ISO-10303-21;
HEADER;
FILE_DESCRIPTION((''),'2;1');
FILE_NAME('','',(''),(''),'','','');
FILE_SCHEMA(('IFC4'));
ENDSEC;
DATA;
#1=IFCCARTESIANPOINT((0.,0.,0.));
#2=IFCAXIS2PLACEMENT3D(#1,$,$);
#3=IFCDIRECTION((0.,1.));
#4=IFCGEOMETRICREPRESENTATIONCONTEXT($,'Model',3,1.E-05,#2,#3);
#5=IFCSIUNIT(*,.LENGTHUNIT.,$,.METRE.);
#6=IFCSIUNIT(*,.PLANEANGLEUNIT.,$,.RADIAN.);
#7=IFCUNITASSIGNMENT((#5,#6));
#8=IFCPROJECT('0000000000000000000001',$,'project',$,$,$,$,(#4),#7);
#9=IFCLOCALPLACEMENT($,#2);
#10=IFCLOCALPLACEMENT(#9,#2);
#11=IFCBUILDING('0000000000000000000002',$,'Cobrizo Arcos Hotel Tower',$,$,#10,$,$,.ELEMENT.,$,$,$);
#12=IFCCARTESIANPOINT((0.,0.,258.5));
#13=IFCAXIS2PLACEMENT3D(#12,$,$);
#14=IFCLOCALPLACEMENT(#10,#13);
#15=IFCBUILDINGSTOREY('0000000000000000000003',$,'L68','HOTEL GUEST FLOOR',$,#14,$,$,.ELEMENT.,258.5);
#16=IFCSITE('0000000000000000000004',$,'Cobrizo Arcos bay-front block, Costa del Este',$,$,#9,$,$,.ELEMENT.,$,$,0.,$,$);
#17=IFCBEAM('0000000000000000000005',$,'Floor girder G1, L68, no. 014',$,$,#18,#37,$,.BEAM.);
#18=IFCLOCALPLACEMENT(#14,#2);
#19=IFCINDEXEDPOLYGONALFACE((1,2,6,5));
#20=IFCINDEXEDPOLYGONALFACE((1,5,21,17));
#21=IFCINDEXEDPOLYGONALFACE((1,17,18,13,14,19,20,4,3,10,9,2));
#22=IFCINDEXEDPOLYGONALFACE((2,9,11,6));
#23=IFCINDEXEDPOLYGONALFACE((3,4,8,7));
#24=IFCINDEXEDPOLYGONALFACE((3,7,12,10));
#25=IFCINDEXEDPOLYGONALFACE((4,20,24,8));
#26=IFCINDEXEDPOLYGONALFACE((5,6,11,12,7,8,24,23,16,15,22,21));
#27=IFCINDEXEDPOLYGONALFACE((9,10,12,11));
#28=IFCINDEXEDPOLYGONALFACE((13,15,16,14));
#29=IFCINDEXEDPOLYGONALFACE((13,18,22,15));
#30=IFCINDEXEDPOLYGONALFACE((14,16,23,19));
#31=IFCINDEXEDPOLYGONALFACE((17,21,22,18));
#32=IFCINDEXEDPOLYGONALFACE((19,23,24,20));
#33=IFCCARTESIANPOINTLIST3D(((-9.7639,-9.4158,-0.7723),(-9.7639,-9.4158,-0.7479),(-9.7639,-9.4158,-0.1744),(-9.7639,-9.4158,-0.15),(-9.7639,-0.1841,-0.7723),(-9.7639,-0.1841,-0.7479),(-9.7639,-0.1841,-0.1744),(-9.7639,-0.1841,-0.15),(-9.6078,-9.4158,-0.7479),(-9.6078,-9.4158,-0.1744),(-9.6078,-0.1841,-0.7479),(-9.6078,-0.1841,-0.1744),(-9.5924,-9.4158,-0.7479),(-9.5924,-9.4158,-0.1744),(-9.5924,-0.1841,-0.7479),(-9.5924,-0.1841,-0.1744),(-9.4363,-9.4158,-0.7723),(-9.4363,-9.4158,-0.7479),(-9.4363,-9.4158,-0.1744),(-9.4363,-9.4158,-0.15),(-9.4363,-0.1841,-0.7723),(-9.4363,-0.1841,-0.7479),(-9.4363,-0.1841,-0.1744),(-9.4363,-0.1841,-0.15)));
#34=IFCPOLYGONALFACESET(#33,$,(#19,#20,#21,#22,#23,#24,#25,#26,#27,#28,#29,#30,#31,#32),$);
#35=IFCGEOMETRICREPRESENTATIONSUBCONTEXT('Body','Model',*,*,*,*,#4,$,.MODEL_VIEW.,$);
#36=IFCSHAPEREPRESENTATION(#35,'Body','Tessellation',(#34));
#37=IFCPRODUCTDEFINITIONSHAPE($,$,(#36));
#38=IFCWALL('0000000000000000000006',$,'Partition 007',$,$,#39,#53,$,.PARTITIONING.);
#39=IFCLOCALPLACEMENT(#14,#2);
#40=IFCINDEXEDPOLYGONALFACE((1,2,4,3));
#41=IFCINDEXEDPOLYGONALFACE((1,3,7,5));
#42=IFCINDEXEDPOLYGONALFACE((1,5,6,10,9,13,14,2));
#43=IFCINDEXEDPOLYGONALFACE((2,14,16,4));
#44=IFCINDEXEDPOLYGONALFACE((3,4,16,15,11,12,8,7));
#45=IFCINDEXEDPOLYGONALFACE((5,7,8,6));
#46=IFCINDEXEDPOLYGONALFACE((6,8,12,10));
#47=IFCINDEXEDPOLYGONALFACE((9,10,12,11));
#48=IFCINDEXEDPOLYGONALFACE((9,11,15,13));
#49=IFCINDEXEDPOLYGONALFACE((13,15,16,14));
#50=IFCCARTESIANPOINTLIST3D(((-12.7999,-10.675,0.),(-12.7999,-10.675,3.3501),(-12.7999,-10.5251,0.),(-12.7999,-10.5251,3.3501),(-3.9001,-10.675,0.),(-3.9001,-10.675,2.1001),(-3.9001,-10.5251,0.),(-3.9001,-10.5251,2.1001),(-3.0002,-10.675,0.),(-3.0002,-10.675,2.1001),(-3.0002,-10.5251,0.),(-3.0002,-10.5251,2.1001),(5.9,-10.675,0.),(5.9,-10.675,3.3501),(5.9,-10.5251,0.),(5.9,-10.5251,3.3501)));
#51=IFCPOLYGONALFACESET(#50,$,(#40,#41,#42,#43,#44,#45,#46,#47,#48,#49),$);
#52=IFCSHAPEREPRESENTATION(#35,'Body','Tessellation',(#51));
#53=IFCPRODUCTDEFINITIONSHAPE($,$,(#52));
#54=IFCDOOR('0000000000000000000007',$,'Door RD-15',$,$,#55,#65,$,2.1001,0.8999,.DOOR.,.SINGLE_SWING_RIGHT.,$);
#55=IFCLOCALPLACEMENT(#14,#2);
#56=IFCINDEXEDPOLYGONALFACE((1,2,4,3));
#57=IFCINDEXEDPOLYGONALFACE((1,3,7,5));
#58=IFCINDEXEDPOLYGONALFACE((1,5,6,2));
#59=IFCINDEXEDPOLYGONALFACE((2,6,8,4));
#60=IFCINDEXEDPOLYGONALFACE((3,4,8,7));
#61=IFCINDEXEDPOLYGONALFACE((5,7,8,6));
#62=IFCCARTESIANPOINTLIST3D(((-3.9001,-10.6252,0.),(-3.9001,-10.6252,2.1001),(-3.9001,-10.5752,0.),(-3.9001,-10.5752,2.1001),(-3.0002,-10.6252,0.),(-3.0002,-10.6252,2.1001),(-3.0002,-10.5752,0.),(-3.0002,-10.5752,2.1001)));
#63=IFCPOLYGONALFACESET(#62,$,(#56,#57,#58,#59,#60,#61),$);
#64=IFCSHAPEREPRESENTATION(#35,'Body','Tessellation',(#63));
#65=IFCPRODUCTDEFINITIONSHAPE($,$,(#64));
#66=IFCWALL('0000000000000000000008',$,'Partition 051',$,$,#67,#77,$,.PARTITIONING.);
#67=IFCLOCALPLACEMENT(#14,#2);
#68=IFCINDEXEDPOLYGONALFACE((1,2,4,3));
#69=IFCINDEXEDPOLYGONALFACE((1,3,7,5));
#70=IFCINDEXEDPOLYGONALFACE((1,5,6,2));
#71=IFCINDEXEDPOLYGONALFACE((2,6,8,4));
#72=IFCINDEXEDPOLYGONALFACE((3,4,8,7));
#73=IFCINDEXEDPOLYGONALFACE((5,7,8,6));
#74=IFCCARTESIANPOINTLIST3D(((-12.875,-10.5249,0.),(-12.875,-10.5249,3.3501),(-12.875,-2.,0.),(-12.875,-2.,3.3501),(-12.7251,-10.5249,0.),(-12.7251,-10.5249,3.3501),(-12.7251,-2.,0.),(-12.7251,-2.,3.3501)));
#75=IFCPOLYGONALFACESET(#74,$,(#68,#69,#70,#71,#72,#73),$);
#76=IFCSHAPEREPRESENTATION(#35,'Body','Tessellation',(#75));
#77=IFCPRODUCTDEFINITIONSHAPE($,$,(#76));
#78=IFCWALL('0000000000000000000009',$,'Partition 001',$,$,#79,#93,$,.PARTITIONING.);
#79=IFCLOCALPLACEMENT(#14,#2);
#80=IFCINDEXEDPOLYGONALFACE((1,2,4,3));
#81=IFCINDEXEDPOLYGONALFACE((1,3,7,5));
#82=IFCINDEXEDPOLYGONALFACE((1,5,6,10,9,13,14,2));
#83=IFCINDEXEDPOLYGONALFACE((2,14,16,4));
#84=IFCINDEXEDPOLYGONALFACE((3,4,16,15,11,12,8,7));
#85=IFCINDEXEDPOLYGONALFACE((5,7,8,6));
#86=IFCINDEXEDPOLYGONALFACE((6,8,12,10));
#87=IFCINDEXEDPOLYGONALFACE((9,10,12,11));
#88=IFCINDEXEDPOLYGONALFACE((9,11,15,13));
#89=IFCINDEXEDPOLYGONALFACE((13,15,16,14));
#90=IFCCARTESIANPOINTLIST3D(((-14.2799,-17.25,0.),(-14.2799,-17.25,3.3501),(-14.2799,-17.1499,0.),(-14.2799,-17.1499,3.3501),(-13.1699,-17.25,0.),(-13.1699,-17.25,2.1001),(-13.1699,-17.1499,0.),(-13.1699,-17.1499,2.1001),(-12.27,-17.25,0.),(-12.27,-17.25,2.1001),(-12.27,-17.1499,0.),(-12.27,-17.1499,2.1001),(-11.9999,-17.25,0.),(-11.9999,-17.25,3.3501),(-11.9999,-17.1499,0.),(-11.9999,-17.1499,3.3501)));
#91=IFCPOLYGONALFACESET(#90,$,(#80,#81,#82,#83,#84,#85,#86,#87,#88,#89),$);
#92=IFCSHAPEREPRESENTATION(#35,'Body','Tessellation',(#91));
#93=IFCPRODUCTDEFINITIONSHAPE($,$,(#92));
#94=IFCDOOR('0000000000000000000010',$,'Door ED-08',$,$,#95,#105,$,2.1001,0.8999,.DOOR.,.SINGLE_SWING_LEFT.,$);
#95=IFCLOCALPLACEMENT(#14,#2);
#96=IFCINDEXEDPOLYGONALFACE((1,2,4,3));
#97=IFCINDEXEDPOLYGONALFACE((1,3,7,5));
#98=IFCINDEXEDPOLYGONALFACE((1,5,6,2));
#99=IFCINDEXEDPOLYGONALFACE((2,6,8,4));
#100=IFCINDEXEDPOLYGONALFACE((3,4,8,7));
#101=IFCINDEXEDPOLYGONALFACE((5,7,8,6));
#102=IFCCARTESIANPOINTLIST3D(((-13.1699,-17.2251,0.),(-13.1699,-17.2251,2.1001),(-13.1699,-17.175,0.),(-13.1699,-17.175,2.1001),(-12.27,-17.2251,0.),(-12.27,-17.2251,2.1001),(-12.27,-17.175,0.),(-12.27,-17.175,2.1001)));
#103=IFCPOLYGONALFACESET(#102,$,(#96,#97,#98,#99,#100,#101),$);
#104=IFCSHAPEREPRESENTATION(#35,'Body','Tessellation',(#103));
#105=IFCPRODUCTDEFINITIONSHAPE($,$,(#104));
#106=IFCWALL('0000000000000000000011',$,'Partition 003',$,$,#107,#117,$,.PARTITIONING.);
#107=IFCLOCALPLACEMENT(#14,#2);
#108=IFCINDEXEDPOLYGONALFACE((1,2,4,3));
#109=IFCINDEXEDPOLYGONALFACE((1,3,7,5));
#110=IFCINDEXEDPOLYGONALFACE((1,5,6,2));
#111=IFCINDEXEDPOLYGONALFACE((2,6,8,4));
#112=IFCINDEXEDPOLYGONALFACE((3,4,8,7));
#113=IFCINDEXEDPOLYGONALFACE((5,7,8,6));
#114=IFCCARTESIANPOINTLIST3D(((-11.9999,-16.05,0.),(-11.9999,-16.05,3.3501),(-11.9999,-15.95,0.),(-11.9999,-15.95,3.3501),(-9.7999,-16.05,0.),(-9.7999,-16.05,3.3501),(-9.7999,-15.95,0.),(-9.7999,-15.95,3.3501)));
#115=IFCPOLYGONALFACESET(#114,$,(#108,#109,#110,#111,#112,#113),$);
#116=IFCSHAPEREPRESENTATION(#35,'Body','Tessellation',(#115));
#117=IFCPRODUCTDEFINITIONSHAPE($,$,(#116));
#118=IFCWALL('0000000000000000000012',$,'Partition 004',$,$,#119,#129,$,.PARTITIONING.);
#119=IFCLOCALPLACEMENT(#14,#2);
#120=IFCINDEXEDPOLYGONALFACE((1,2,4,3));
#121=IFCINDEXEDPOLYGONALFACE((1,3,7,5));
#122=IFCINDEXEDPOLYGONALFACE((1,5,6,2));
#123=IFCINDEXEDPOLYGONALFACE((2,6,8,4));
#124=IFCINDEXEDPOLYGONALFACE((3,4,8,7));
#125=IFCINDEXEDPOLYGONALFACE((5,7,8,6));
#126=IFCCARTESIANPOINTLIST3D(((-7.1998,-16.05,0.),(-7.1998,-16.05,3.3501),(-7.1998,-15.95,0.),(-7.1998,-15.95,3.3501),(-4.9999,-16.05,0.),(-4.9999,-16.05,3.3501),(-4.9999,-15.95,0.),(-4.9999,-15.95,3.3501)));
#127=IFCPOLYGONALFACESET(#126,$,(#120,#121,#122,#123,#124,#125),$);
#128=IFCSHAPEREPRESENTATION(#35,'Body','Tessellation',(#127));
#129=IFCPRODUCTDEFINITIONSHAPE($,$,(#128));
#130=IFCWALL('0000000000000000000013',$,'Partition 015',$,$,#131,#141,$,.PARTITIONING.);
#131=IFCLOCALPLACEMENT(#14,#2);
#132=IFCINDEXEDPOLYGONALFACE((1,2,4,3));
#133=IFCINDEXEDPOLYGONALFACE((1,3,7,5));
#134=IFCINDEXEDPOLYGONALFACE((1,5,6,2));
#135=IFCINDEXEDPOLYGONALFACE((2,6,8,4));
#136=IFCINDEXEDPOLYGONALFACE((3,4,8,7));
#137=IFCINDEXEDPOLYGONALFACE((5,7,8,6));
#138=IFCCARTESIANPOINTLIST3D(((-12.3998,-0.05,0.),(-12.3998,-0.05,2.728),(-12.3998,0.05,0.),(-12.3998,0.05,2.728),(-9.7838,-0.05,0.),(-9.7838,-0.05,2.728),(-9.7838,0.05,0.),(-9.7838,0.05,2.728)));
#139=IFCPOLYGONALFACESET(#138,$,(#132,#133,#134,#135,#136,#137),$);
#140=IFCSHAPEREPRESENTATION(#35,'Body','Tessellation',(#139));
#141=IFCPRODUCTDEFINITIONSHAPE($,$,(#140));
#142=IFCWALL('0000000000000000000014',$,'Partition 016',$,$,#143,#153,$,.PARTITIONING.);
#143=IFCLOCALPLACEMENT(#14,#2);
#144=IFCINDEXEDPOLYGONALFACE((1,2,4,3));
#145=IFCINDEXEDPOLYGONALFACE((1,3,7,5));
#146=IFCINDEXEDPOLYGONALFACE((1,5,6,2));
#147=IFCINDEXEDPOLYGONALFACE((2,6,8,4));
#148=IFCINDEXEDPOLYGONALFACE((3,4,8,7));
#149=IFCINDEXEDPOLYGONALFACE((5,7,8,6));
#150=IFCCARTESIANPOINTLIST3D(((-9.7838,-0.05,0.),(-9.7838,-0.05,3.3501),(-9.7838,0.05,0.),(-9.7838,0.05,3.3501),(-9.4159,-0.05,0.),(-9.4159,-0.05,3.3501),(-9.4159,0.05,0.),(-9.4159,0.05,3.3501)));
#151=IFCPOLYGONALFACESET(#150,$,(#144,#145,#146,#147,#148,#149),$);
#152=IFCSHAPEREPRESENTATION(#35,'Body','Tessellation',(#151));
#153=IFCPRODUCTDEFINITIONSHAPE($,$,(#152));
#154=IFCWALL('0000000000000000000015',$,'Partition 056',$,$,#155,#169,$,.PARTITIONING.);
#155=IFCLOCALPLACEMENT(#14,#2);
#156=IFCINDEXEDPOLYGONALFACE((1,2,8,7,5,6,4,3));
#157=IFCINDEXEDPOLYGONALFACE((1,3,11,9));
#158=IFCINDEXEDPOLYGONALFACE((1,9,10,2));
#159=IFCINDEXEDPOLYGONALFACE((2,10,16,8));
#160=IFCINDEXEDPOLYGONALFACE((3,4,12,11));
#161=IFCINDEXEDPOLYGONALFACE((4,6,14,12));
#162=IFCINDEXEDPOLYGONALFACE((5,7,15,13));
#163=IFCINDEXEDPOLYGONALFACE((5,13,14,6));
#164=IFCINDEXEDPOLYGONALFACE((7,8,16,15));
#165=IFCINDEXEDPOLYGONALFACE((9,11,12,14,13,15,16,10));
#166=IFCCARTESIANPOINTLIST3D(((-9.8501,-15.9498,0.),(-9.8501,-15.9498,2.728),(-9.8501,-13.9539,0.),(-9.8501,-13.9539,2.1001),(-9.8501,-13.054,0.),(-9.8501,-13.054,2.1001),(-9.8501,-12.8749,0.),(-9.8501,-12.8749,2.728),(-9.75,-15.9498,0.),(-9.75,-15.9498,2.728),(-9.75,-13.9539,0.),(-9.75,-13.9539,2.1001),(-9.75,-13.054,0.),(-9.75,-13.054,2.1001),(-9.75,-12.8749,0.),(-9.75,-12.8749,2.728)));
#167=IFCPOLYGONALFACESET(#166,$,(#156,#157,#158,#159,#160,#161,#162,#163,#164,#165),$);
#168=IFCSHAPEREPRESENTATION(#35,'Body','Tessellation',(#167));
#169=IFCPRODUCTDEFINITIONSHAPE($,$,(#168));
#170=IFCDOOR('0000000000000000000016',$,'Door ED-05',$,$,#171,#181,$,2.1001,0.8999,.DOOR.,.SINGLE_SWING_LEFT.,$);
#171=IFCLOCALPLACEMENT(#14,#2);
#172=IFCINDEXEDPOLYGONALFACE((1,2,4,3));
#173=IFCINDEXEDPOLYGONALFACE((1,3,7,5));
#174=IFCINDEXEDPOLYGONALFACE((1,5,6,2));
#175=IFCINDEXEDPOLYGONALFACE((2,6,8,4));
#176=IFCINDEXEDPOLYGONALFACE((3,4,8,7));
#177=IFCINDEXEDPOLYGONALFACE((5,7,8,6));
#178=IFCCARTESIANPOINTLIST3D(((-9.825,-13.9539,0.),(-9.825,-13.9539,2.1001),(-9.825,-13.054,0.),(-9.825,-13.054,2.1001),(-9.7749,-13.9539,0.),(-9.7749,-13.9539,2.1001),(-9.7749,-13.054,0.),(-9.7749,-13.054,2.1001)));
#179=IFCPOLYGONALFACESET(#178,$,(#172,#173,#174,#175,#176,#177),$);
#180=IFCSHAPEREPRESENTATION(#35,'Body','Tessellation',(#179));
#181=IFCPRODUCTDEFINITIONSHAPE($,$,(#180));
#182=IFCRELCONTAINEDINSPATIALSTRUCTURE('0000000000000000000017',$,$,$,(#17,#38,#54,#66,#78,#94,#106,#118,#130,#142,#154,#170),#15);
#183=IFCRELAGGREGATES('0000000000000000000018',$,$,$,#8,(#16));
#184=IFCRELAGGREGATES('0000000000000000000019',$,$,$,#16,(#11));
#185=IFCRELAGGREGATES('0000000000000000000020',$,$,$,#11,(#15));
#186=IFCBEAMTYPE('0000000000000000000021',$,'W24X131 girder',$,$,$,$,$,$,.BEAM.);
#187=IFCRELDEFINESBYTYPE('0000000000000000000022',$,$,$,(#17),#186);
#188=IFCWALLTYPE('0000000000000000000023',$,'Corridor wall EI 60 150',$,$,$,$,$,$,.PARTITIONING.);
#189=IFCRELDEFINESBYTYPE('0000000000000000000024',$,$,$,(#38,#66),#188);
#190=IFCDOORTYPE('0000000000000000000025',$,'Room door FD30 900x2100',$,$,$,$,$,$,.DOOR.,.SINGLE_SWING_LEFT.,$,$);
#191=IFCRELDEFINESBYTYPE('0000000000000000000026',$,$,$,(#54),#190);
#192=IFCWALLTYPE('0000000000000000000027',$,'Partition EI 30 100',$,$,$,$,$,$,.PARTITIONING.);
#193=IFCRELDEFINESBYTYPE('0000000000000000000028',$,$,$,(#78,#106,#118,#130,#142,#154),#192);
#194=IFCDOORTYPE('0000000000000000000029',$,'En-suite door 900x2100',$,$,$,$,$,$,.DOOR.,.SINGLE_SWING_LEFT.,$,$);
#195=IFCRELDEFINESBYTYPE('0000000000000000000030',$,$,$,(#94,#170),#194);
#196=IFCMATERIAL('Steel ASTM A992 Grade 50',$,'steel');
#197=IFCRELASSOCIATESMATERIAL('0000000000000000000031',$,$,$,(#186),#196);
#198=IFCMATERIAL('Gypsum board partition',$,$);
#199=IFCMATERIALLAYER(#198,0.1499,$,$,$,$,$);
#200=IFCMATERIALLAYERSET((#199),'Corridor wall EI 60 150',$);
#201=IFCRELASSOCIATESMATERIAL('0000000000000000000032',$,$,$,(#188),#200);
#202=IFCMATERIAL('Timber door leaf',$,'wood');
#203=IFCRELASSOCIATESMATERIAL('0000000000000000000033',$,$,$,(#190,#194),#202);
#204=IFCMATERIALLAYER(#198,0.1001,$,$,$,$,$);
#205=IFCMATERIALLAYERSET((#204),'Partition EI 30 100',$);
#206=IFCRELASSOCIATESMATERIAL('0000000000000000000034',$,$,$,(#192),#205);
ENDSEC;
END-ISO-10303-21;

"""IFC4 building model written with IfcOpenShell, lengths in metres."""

from ifc_helpers import new_model, si_unit, direction, frame, frame_2d, origin, origin_2d, place, context, subcontext, project, spatial, rectangle, i_section, extrude, material, layer, layer_set, material_profile, profile_set, type_object, element, fill, save


model = new_model("IFC4")

# Units and contexts
model_context = context("Model", 3, precision=1e-05, world=origin(), true_north=direction((0.0, 1.0)))
body_context = subcontext(model_context, "Body", "Model", "MODEL_VIEW")
ifc_project = project(units=[si_unit("LENGTHUNIT", "METRE"), si_unit("PLANEANGLEUNIT", "RADIAN")], contexts=[model_context])

# Site, building, storey
site_placement = place(None, origin())
site = spatial("IfcSite", under=ifc_project, at=site_placement, Name="Cobrizo Arcos bay-front block, Costa del Este", CompositionType="ELEMENT", RefElevation=0.0)
building_placement = place(site_placement, origin())
building = spatial("IfcBuilding", under=site, at=building_placement, Name="Cobrizo Arcos Hotel Tower", CompositionType="ELEMENT")
storey_placement = place(building_placement, frame((0.0, 0.0, 258.5)))
storey = spatial("IfcBuildingStorey", under=building, at=storey_placement, Name="L68", Description="HOTEL GUEST FLOOR", CompositionType="ELEMENT", Elevation=258.5)

# Shared definitions
ifc_material_1 = material(Name="Steel ASTM A992 Grade 50", Category="steel")

# Beam
ifc_material_profile_1 = material_profile(ifc_material_1, i_section(OverallWidth=0.3276, OverallDepth=0.6223, WebThickness=0.0154, FlangeThickness=0.0244, at=origin_2d()), Name="W24X131")
ifc_profile_set_1 = profile_set([ifc_material_profile_1], Name="Steel ASTM A992 Grade 50")
beam_type_1 = type_object("IfcBeamType", Name="W24X131 girder", PredefinedType="BEAM", material=ifc_profile_set_1)
for number, where, z_axis, x_axis, name in (
    (1, (-9.6001, -9.4158, -0.4612), (0.0, 1.0, 0.0), (-1.0, 0.0, 0.0), "Floor girder G1, L68, no. 014"),
):
    element("IfcBeam", number, at=place(storey_placement, frame(where, z_axis=z_axis, x_axis=x_axis)), inside=storey, type_object=beam_type_1, Name=name, PredefinedType="BEAM", context=body_context, shape_type="SweptSolid", body=[
        extrude(i_section(OverallWidth=0.3276, OverallDepth=0.6223, WebThickness=0.0154, FlangeThickness=0.0244, at=origin_2d()), origin(), (0.0, 0.0, 1.0), 9.2317),
    ])

# Wall, opening, door
ifc_material_2 = material(Name="Gypsum board partition")
ifc_layer_1 = layer(ifc_material_2, 0.1499)
ifc_layer_set_1 = layer_set([ifc_layer_1], Name="Corridor wall EI 60 150")
wall_type_1 = type_object("IfcWallType", Name="Corridor wall EI 60 150", PredefinedType="PARTITIONING", material=ifc_layer_set_1)
wall_1_placement = place(storey_placement, frame((-12.8, -10.6001, 0.0), z_axis=(0.0, 0.0, 1.0), x_axis=(1.0, 0.0, 0.0)))
wall_1 = element("IfcWall", 2, at=wall_1_placement, inside=storey, type_object=wall_type_1, Name="Partition 007", PredefinedType="PARTITIONING", context=body_context, shape_type="SweptSolid", body=[
    extrude(rectangle(XDim=18.7, YDim=0.1499, at=frame_2d((9.3501, 0.0))), origin(), (0.0, 0.0, 1.0), 3.3501),
])
opening_1_placement = place(wall_1_placement, frame((8.8999, 0.0, 0.0)))
opening_1 = element("IfcOpeningElement", 3, at=opening_1_placement, cuts=wall_1, PredefinedType="OPENING", context=body_context, shape_type="SweptSolid", body=[
    extrude(rectangle(XDim=0.8999, YDim=2.1001, at=frame_2d((0.45, 1.05))), frame((0.0, 0.0869, 0.0), z_axis=(0.0, -1.0, 0.0), x_axis=(1.0, 0.0, 0.0)), (0.0, 0.0, 1.0), 0.1738),
])
ifc_material_3 = material(Name="Timber door leaf", Category="wood")
door_type_1 = type_object("IfcDoorType", Name="Room door FD30 900x2100", OperationType="SINGLE_SWING_LEFT", PredefinedType="DOOR", material=ifc_material_3)
door_1_placement = place(opening_1_placement, origin())
door_1 = element("IfcDoor", 4, at=door_1_placement, inside=storey, type_object=door_type_1, Name="Door RD-15", OperationType="SINGLE_SWING_RIGHT", OverallHeight=2.1001, OverallWidth=0.8999, PredefinedType="DOOR", context=body_context, shape_type="SweptSolid", body=[
    extrude(rectangle(XDim=0.8999, YDim=2.1001, at=frame_2d((0.45, 1.05))), frame((0.0, 0.0249, 0.0), z_axis=(0.0, -1.0, 0.0), x_axis=(1.0, 0.0, 0.0)), (0.0, 0.0, 1.0), 0.05),
])
fill(opening_1, door_1)

# Wall
wall_2_placement = place(storey_placement, frame((-12.8, -10.5249, 0.0), z_axis=(0.0, 0.0, 1.0), x_axis=(0.0, 1.0, 0.0)))
element("IfcWall", 5, at=wall_2_placement, inside=storey, type_object=wall_type_1, Name="Partition 051", PredefinedType="PARTITIONING", context=body_context, shape_type="SweptSolid", body=[
    extrude(rectangle(XDim=8.5249, YDim=0.1499, at=frame_2d((4.2625, 0.0))), origin(), (0.0, 0.0, 1.0), 3.3501),
])

# Wall, opening, door
ifc_layer_2 = layer(ifc_material_2, 0.1001)
ifc_layer_set_2 = layer_set([ifc_layer_2], Name="Partition EI 30 100")
wall_type_2 = type_object("IfcWallType", Name="Partition EI 30 100", PredefinedType="PARTITIONING", material=ifc_layer_set_2)
wall_3_placement = place(storey_placement, frame((-14.28, -17.2, 0.0), z_axis=(0.0, 0.0, 1.0), x_axis=(1.0, 0.0, 0.0)))
wall_3 = element("IfcWall", 6, at=wall_3_placement, inside=storey, type_object=wall_type_2, Name="Partition 001", PredefinedType="PARTITIONING", context=body_context, shape_type="SweptSolid", body=[
    extrude(rectangle(XDim=2.28, YDim=0.1001, at=frame_2d((1.1401, 0.0))), origin(), (0.0, 0.0, 1.0), 3.3501),
])
opening_2_placement = place(wall_3_placement, frame((1.1101, 0.0, 0.0)))
opening_2 = element("IfcOpeningElement", 7, at=opening_2_placement, cuts=wall_3, PredefinedType="OPENING", context=body_context, shape_type="SweptSolid", body=[
    extrude(rectangle(XDim=0.8999, YDim=2.1001, at=frame_2d((0.45, 1.05))), frame((0.0, 0.062, 0.0), z_axis=(0.0, -1.0, 0.0), x_axis=(1.0, 0.0, 0.0)), (0.0, 0.0, 1.0), 0.124),
])
door_type_2 = type_object("IfcDoorType", Name="En-suite door 900x2100", OperationType="SINGLE_SWING_LEFT", PredefinedType="DOOR", material=ifc_material_3)
door_2_placement = place(opening_2_placement, origin())
door_2 = element("IfcDoor", 8, at=door_2_placement, inside=storey, type_object=door_type_2, Name="Door ED-08", OperationType="SINGLE_SWING_LEFT", OverallHeight=2.1001, OverallWidth=0.8999, PredefinedType="DOOR", context=body_context, shape_type="SweptSolid", body=[
    extrude(rectangle(XDim=0.8999, YDim=2.1001, at=frame_2d((0.45, 1.05))), frame((0.0, 0.0249, 0.0), z_axis=(0.0, -1.0, 0.0), x_axis=(1.0, 0.0, 0.0)), (0.0, 0.0, 1.0), 0.05),
])
fill(opening_2, door_2)

# Walls
for number, where, z_axis, x_axis, name in (
    (9, (-12.0, -16.0, 0.0), (0.0, 0.0, 1.0), (1.0, 0.0, 0.0), "Partition 003"),
    (10, (-7.2, -16.0, 0.0), (0.0, 0.0, 1.0), (1.0, 0.0, 0.0), "Partition 004"),
):
    element("IfcWall", number, at=place(storey_placement, frame(where, z_axis=z_axis, x_axis=x_axis)), inside=storey, type_object=wall_type_2, Name=name, PredefinedType="PARTITIONING", context=body_context, shape_type="SweptSolid", body=[
        extrude(rectangle(XDim=2.2, YDim=0.1001, at=frame_2d((1.1001, 0.0))), origin(), (0.0, 0.0, 1.0), 3.3501),
    ])
wall_4_placement = place(storey_placement, frame((-12.3999, 0.0, 0.0), z_axis=(0.0, 0.0, 1.0), x_axis=(1.0, 0.0, 0.0)))
element("IfcWall", 11, at=wall_4_placement, inside=storey, type_object=wall_type_2, Name="Partition 015", PredefinedType="PARTITIONING", context=body_context, shape_type="SweptSolid", body=[
    extrude(rectangle(XDim=2.616, YDim=0.1001, at=frame_2d((1.3081, 0.0))), origin(), (0.0, 0.0, 1.0), 2.728),
])
wall_5_placement = place(storey_placement, frame((-9.7839, 0.0, 0.0), z_axis=(0.0, 0.0, 1.0), x_axis=(1.0, 0.0, 0.0)))
element("IfcWall", 12, at=wall_5_placement, inside=storey, type_object=wall_type_2, Name="Partition 016", PredefinedType="PARTITIONING", context=body_context, shape_type="SweptSolid", body=[
    extrude(rectangle(XDim=0.3679, YDim=0.1001, at=frame_2d((0.1841, 0.0))), origin(), (0.0, 0.0, 1.0), 3.3501),
])

# Wall, opening, door
wall_6_placement = place(storey_placement, frame((-9.8, -15.95, 0.0), z_axis=(0.0, 0.0, 1.0), x_axis=(0.0, 1.0, 0.0)))
wall_6 = element("IfcWall", 13, at=wall_6_placement, inside=storey, type_object=wall_type_2, Name="Partition 056", PredefinedType="PARTITIONING", context=body_context, shape_type="SweptSolid", body=[
    extrude(rectangle(XDim=3.075, YDim=0.1001, at=frame_2d((1.5376, 0.0))), origin(), (0.0, 0.0, 1.0), 2.728),
])
opening_3_placement = place(wall_6_placement, frame((1.9961, 0.0, 0.0)))
opening_3 = element("IfcOpeningElement", 14, at=opening_3_placement, cuts=wall_6, PredefinedType="OPENING", context=body_context, shape_type="SweptSolid", body=[
    extrude(rectangle(XDim=0.8999, YDim=2.1001, at=frame_2d((0.45, 1.05))), frame((0.0, 0.062, 0.0), z_axis=(0.0, -1.0, 0.0), x_axis=(1.0, 0.0, 0.0)), (0.0, 0.0, 1.0), 0.124),
])
door_3_placement = place(opening_3_placement, origin())
door_3 = element("IfcDoor", 15, at=door_3_placement, inside=storey, type_object=door_type_2, Name="Door ED-05", OperationType="SINGLE_SWING_LEFT", OverallHeight=2.1001, OverallWidth=0.8999, PredefinedType="DOOR", context=body_context, shape_type="SweptSolid", body=[
    extrude(rectangle(XDim=0.8999, YDim=2.1001, at=frame_2d((0.45, 1.05))), frame((0.0, 0.0249, 0.0), z_axis=(0.0, -1.0, 0.0), x_axis=(1.0, 0.0, 0.0)), (0.0, 0.0, 1.0), 0.05),
])
fill(opening_3, door_3)

save(model, "model.ifc")
